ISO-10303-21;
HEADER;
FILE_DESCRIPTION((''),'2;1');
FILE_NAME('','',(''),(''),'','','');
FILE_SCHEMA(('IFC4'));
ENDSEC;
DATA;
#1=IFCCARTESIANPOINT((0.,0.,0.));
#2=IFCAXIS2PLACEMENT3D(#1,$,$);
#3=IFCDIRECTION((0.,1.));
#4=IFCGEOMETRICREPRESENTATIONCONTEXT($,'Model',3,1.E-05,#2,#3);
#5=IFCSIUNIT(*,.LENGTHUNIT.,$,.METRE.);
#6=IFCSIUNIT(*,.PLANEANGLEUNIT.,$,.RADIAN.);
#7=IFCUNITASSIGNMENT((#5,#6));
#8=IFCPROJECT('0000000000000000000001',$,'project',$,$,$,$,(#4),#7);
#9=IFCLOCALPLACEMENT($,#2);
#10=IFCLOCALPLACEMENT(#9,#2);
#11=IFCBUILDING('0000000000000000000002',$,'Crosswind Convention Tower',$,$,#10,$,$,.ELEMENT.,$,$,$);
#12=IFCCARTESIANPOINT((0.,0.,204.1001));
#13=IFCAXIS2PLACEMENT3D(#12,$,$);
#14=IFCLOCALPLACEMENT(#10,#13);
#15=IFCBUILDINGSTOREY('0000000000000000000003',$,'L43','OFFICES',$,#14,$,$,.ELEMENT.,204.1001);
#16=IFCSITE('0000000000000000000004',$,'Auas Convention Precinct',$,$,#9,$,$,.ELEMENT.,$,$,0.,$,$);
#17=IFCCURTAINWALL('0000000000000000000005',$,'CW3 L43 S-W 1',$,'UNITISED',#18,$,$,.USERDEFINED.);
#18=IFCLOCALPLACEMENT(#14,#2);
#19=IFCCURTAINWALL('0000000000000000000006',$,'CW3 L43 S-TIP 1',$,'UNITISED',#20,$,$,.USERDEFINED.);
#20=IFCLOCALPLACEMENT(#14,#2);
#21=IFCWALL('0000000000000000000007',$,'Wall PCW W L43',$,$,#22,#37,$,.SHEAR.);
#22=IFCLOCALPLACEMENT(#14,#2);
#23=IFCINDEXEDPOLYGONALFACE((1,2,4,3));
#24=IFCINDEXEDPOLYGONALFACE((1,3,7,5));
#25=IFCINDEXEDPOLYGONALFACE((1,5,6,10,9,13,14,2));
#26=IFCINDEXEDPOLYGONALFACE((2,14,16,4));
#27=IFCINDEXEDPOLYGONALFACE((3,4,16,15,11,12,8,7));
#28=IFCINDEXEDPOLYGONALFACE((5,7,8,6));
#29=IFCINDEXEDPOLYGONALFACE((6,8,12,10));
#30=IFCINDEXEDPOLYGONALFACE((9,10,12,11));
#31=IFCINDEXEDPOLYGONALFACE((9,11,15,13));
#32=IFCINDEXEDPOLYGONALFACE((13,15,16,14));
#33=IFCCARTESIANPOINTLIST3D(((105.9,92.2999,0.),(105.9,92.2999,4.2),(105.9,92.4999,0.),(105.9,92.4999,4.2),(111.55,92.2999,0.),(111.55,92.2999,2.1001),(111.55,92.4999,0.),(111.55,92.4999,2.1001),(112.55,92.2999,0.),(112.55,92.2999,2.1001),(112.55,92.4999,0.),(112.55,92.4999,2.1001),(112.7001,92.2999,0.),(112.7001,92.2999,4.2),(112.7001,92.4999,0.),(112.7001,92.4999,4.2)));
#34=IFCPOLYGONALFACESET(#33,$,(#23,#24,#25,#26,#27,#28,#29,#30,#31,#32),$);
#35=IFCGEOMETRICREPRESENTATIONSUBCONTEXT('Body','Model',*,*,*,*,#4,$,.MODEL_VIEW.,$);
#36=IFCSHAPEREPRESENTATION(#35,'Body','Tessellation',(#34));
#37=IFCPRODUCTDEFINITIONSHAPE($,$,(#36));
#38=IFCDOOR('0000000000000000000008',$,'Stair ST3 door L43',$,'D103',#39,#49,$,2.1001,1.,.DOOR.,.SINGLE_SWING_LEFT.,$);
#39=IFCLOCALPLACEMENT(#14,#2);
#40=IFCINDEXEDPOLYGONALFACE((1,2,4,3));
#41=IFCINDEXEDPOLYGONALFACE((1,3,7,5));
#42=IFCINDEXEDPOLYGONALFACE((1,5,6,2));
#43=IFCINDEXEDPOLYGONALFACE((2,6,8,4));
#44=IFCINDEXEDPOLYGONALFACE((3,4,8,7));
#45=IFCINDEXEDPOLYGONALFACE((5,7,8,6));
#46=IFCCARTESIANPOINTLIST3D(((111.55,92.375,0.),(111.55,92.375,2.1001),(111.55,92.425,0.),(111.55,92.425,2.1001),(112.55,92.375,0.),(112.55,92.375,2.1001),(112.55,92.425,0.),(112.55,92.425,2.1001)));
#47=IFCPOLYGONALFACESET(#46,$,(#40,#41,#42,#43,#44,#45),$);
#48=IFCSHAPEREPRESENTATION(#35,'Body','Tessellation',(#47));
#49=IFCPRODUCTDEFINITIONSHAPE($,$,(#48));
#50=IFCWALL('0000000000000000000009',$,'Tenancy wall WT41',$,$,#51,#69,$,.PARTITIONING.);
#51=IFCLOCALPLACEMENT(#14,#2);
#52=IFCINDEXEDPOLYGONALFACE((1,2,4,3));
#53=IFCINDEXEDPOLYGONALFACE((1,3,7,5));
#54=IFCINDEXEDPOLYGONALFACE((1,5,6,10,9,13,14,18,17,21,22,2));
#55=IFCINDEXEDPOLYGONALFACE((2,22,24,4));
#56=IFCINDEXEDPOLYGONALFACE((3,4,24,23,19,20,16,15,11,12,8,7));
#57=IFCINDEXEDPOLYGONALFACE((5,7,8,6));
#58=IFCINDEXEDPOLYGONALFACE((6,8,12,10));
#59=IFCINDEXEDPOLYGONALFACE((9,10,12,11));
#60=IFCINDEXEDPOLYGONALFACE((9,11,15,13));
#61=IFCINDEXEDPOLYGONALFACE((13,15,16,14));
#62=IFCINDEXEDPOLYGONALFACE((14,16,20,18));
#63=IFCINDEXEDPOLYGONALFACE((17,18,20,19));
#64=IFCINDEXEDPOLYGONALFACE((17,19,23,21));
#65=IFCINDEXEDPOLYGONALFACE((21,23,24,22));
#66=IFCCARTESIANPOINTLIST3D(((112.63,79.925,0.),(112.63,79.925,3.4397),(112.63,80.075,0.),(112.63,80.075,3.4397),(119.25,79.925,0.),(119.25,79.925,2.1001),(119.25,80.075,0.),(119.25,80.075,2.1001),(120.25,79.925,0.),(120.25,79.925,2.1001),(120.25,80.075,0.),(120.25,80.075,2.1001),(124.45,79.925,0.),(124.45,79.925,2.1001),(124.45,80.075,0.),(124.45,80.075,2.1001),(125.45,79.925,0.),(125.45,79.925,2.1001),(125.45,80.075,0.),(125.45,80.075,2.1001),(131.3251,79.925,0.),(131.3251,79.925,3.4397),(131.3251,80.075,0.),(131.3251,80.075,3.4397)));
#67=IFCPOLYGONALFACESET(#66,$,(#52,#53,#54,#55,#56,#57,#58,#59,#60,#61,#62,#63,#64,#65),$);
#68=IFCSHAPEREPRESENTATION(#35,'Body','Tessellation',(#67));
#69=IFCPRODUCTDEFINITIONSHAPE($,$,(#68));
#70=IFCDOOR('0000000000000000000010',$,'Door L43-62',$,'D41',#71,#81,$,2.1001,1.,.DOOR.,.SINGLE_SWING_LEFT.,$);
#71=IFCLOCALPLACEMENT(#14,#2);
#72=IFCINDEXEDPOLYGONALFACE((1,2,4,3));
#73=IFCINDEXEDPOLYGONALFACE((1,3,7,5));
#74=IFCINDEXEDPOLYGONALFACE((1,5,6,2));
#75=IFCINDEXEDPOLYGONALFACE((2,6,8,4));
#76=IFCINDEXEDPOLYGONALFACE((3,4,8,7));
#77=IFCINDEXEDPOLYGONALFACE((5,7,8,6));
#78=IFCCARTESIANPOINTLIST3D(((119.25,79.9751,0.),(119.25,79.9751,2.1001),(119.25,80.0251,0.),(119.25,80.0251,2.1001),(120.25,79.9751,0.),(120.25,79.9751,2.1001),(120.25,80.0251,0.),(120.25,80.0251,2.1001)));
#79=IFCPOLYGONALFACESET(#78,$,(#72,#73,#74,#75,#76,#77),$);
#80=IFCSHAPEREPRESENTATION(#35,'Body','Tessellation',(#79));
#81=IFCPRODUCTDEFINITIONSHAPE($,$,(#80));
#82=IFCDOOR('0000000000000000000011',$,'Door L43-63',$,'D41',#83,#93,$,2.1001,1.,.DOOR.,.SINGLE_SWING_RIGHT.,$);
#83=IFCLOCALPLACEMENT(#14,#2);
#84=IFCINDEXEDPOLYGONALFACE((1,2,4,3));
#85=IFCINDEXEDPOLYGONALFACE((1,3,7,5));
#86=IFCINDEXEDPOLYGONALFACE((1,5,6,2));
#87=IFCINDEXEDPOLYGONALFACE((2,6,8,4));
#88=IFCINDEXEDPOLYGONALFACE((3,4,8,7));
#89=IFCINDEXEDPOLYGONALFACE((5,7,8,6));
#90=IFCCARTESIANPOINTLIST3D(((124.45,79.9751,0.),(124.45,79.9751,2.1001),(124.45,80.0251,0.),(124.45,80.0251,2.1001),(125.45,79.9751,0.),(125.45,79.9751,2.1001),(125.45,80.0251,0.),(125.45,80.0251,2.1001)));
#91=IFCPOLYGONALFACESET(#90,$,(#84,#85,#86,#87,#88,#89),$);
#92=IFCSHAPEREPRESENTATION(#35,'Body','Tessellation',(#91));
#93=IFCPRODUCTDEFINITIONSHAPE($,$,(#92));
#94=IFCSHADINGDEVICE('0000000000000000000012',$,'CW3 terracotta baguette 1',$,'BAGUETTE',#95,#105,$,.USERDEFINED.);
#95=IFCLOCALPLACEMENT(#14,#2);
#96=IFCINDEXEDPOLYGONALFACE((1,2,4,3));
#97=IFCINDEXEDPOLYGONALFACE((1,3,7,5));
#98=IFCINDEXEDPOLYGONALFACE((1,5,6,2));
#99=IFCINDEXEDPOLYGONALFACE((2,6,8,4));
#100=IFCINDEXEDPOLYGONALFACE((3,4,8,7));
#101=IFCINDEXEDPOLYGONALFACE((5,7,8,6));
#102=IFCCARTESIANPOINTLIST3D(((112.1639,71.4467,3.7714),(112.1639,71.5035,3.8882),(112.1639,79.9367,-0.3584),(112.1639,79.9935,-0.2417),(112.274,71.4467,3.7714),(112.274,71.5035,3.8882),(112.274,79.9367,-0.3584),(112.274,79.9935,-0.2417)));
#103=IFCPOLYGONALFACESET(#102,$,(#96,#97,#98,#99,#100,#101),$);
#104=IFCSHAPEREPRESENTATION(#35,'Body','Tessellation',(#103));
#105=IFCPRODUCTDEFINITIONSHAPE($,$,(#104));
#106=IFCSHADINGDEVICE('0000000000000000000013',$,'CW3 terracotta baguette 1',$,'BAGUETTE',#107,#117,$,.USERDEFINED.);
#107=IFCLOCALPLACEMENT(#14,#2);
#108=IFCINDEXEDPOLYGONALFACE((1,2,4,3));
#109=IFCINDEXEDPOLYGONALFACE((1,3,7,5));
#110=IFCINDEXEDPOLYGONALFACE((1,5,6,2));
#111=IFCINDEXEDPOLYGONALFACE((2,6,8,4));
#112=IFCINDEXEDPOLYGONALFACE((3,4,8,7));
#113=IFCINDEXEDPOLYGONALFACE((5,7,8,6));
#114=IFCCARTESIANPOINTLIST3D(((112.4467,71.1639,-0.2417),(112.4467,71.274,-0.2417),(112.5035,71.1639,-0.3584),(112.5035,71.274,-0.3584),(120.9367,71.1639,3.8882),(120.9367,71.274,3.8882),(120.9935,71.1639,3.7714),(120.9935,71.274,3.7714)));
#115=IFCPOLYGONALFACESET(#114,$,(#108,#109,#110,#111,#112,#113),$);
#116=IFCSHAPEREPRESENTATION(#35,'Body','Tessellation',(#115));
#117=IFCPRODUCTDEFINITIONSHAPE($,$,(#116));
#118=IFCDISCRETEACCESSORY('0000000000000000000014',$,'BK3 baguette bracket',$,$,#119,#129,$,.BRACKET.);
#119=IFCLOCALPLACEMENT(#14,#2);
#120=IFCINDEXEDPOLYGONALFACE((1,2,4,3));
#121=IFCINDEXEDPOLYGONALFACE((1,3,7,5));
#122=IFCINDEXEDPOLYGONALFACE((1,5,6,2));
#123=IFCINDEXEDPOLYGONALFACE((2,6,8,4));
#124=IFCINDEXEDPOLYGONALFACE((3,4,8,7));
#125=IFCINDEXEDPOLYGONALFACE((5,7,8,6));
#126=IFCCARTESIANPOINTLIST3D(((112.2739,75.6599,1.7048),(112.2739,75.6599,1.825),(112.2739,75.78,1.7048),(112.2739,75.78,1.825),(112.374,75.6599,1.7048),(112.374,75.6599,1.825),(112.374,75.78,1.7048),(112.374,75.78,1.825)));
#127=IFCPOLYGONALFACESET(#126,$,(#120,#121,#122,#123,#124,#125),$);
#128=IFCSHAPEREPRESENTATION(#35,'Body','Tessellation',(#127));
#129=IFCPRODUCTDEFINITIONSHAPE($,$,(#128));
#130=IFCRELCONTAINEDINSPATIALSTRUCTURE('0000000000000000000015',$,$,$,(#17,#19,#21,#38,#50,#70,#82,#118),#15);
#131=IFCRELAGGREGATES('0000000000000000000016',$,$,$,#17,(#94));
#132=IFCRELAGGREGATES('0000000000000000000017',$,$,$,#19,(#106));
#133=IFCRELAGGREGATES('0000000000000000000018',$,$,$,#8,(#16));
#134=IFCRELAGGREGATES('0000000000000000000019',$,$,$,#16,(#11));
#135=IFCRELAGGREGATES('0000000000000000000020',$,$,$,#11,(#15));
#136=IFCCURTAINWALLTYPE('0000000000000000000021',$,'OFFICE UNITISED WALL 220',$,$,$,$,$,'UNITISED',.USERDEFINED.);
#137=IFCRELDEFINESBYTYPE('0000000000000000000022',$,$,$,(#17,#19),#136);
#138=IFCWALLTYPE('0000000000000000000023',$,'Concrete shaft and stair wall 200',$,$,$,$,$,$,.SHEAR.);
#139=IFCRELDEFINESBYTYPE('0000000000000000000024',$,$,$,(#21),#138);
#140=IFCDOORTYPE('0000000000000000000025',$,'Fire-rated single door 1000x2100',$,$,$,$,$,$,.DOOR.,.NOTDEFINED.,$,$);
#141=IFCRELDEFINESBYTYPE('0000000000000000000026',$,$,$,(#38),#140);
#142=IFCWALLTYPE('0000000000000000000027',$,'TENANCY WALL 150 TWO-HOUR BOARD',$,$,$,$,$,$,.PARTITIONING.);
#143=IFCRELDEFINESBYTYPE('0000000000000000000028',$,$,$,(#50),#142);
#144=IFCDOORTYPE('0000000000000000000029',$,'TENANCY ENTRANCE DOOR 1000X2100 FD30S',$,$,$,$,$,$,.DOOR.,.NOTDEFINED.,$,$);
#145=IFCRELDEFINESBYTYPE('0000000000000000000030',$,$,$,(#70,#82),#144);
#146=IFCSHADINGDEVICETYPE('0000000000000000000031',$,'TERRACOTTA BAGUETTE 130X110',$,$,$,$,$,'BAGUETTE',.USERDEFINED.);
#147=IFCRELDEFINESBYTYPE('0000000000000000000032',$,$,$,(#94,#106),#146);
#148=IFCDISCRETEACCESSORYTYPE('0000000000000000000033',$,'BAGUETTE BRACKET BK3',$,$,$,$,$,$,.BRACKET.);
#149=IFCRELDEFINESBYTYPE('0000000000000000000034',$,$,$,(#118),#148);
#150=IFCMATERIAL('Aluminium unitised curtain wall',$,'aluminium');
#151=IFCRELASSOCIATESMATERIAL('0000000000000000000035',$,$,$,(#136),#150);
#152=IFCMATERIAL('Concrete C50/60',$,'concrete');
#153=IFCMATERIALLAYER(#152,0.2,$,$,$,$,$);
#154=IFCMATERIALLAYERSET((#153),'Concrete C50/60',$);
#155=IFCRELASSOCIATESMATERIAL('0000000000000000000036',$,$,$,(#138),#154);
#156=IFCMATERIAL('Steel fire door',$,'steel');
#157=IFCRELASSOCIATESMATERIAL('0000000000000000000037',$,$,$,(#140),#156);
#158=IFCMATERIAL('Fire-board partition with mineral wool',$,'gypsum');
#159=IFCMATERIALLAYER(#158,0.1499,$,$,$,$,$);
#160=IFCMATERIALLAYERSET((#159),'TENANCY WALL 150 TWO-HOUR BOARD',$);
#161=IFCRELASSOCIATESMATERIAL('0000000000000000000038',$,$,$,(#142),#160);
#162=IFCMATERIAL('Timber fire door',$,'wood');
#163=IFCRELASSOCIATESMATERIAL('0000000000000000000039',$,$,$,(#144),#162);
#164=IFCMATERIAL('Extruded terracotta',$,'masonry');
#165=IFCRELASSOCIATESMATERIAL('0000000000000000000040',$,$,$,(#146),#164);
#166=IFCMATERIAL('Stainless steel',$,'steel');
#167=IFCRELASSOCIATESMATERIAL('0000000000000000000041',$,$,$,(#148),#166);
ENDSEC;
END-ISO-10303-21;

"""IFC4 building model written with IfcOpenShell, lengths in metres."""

from ifc_helpers import new_model, si_unit, direction, frame, frame_2d, origin, origin_2d, place, context, subcontext, project, spatial, rectangle, extrude, material, layer, layer_set, material_profile, profile_set, type_object, element, fill, aggregate, save


model = new_model("IFC4")

# Units and contexts
model_context = context("Model", 3, precision=1e-05, world=origin(), true_north=direction((0.0, 1.0)))
body_context = subcontext(model_context, "Body", "Model", "MODEL_VIEW")
ifc_project = project(units=[si_unit("LENGTHUNIT", "METRE"), si_unit("PLANEANGLEUNIT", "RADIAN")], contexts=[model_context])

# Site, building, storey
site_placement = place(None, origin())
site = spatial("IfcSite", under=ifc_project, at=site_placement, Name="Auas Convention Precinct", CompositionType="ELEMENT", RefElevation=0.0)
building_placement = place(site_placement, origin())
building = spatial("IfcBuilding", under=site, at=building_placement, Name="Crosswind Convention Tower", CompositionType="ELEMENT")
storey_placement = place(building_placement, frame((0.0, 0.0, 204.1001)))
storey = spatial("IfcBuildingStorey", under=building, at=storey_placement, Name="L43", Description="OFFICES", CompositionType="ELEMENT", Elevation=204.1001)

# Curtain wall
ifc_material_1 = material(Name="Aluminium unitised curtain wall", Category="aluminium")
curtain_wall_type_1 = type_object("IfcCurtainWallType", Name="OFFICE UNITISED WALL 220", ElementType="UNITISED", PredefinedType="USERDEFINED", material=ifc_material_1)
curtain_wall_1_placement = place(storey_placement, origin())
curtain_wall_1 = element("IfcCurtainWall", 1, at=curtain_wall_1_placement, inside=storey, type_object=curtain_wall_type_1, Name="CW3 L43 S-W 1", ObjectType="UNITISED", PredefinedType="USERDEFINED")

# Curtain wall
curtain_wall_2_placement = place(storey_placement, origin())
curtain_wall_2 = element("IfcCurtainWall", 2, at=curtain_wall_2_placement, inside=storey, type_object=curtain_wall_type_1, Name="CW3 L43 S-TIP 1", ObjectType="UNITISED", PredefinedType="USERDEFINED")

# Wall, opening, door
ifc_material_2 = material(Name="Concrete C50/60", Category="concrete")
ifc_layer_1 = layer(ifc_material_2, 0.2)
ifc_layer_set_1 = layer_set([ifc_layer_1], Name="Concrete C50/60")
wall_type_1 = type_object("IfcWallType", Name="Concrete shaft and stair wall 200", PredefinedType="SHEAR", material=ifc_layer_set_1)
ifc_material_3 = material(Name="Steel fire door", Category="steel")
wall_1_placement = place(storey_placement, frame((112.7, 92.3999, 0.0), z_axis=(0.0, 0.0, 1.0), x_axis=(-1.0, 0.0, 0.0)))
wall_1 = element("IfcWall", 3, at=wall_1_placement, inside=storey, type_object=wall_type_1, Name="Wall PCW W L43", PredefinedType="SHEAR", context=body_context, shape_type="SweptSolid", body=[
    extrude(rectangle(XDim=6.8, YDim=0.2, at=frame_2d((3.3999, 0.0))), origin(), (0.0, 0.0, 1.0), 4.2),
])
opening_1_placement = place(wall_1_placement, frame((0.1499, 0.0, 0.0)))
opening_1 = element("IfcOpeningElement", 4, at=opening_1_placement, cuts=wall_1, PredefinedType="OPENING", context=body_context, shape_type="SweptSolid", body=[
    extrude(rectangle(XDim=1.0, YDim=2.1001, at=frame_2d((0.5, 1.05))), frame((0.0, 0.1099, 0.0), z_axis=(0.0, -1.0, 0.0), x_axis=(1.0, 0.0, 0.0)), (0.0, 0.0, 1.0), 0.22),
])
door_type_1 = type_object("IfcDoorType", Name="Fire-rated single door 1000x2100", OperationType="NOTDEFINED", PredefinedType="DOOR", material=ifc_material_3)
door_1_placement = place(opening_1_placement, origin())
door_1 = element("IfcDoor", 5, at=door_1_placement, inside=storey, type_object=door_type_1, Name="Stair ST3 door L43", ObjectType="D103", OperationType="SINGLE_SWING_LEFT", OverallHeight=2.1001, OverallWidth=1.0, PredefinedType="DOOR", context=body_context, shape_type="SweptSolid", body=[
    extrude(rectangle(XDim=1.0, YDim=2.1001, at=frame_2d((0.5, 1.05))), frame((0.0, 0.0249, 0.0), z_axis=(0.0, -1.0, 0.0), x_axis=(1.0, 0.0, 0.0)), (0.0, 0.0, 1.0), 0.05),
])
fill(opening_1, door_1)

# Wall, openings, doors
ifc_material_4 = material(Name="Fire-board partition with mineral wool", Category="gypsum")
ifc_layer_2 = layer(ifc_material_4, 0.1499)
ifc_layer_set_2 = layer_set([ifc_layer_2], Name="TENANCY WALL 150 TWO-HOUR BOARD")
wall_type_2 = type_object("IfcWallType", Name="TENANCY WALL 150 TWO-HOUR BOARD", PredefinedType="PARTITIONING", material=ifc_layer_set_2)
wall_2_placement = place(storey_placement, frame((112.6299, 80.0, 0.0), z_axis=(0.0, 0.0, 1.0), x_axis=(1.0, 0.0, 0.0)))
wall_2 = element("IfcWall", 6, at=wall_2_placement, inside=storey, type_object=wall_type_2, Name="Tenancy wall WT41", PredefinedType="PARTITIONING", context=body_context, shape_type="SweptSolid", body=[
    extrude(rectangle(XDim=18.6951, YDim=0.1499, at=frame_2d((9.3477, 0.0))), origin(), (0.0, 0.0, 1.0), 3.4397),
])
opening_2_placement = place(wall_2_placement, frame((6.6201, 0.0, 0.0)))
opening_2 = element("IfcOpeningElement", 7, at=opening_2_placement, cuts=wall_2, PredefinedType="OPENING", context=body_context, shape_type="SweptSolid", body=[
    extrude(rectangle(XDim=1.0, YDim=2.1001, at=frame_2d((0.5, 1.05))), frame((0.0, 0.085, 0.0), z_axis=(0.0, -1.0, 0.0), x_axis=(1.0, 0.0, 0.0)), (0.0, 0.0, 1.0), 0.1699),
])
opening_3_placement = place(wall_2_placement, frame((11.8201, 0.0, 0.0)))
opening_3 = element("IfcOpeningElement", 8, at=opening_3_placement, cuts=wall_2, PredefinedType="OPENING", context=body_context, shape_type="SweptSolid", body=[
    extrude(rectangle(XDim=1.0, YDim=2.1001, at=frame_2d((0.5, 1.05))), frame((0.0, 0.085, 0.0), z_axis=(0.0, -1.0, 0.0), x_axis=(1.0, 0.0, 0.0)), (0.0, 0.0, 1.0), 0.1699),
])
ifc_material_5 = material(Name="Timber fire door", Category="wood")
door_type_2 = type_object("IfcDoorType", Name="TENANCY ENTRANCE DOOR 1000X2100 FD30S", OperationType="NOTDEFINED", PredefinedType="DOOR", material=ifc_material_5)
door_2_placement = place(opening_2_placement, frame((1.0, 0.0, 0.0), z_axis=(0.0, 0.0, 1.0), x_axis=(-1.0, 0.0, 0.0)))
door_2 = element("IfcDoor", 9, at=door_2_placement, inside=storey, type_object=door_type_2, Name="Door L43-62", ObjectType="D41", OperationType="SINGLE_SWING_LEFT", OverallHeight=2.1001, OverallWidth=1.0, PredefinedType="DOOR", context=body_context, shape_type="SweptSolid", body=[
    extrude(rectangle(XDim=1.0, YDim=2.1001, at=frame_2d((0.5, 1.05))), frame((0.0, 0.0249, 0.0), z_axis=(0.0, -1.0, 0.0), x_axis=(1.0, 0.0, 0.0)), (0.0, 0.0, 1.0), 0.05),
])
fill(opening_2, door_2)
door_3_placement = place(opening_3_placement, frame((1.0, 0.0, 0.0), z_axis=(0.0, 0.0, 1.0), x_axis=(-1.0, 0.0, 0.0)))
door_3 = element("IfcDoor", 10, at=door_3_placement, inside=storey, type_object=door_type_2, Name="Door L43-63", ObjectType="D41", OperationType="SINGLE_SWING_RIGHT", OverallHeight=2.1001, OverallWidth=1.0, PredefinedType="DOOR", context=body_context, shape_type="SweptSolid", body=[
    extrude(rectangle(XDim=1.0, YDim=2.1001, at=frame_2d((0.5, 1.05))), frame((0.0, 0.0249, 0.0), z_axis=(0.0, -1.0, 0.0), x_axis=(1.0, 0.0, 0.0)), (0.0, 0.0, 1.0), 0.05),
])
fill(opening_3, door_3)

# Shading devices
ifc_material_6 = material(Name="Extruded terracotta", Category="masonry")
ifc_material_profile_1 = material_profile(ifc_material_6, rectangle(XDim=0.1101, YDim=0.1299, at=origin_2d()), Name="TC 110X130")
ifc_profile_set_1 = profile_set([ifc_material_profile_1], Name="Extruded terracotta")
shading_device_type = type_object("IfcShadingDeviceType", Name="TERRACOTTA BAGUETTE 130X110", ElementType="BAGUETTE", PredefinedType="USERDEFINED", material=ifc_profile_set_1)
shading_device_1_placement = place(storey_placement, frame((112.219, 79.9651, -0.3), z_axis=(0.0, -0.899251, 0.437433), x_axis=(1.0, 0.0, 0.0)))
shading_device_1 = element("IfcShadingDevice", 11, at=shading_device_1_placement, type_object=shading_device_type, Name="CW3 terracotta baguette 1", ObjectType="BAGUETTE", PredefinedType="USERDEFINED", context=body_context, shape_type="SweptSolid", body=[
    extrude(rectangle(XDim=0.1101, YDim=0.1299, at=origin_2d()), origin(), (0.0, 0.0, 1.0), 9.4412),
])
aggregate(curtain_wall_1, [shading_device_1])
shading_device_2_placement = place(storey_placement, frame((112.4751, 71.219, -0.3), z_axis=(0.899251, 0.0, 0.437433), x_axis=(0.0, 1.0, 0.0)))
shading_device_2 = element("IfcShadingDevice", 12, at=shading_device_2_placement, type_object=shading_device_type, Name="CW3 terracotta baguette 1", ObjectType="BAGUETTE", PredefinedType="USERDEFINED", context=body_context, shape_type="SweptSolid", body=[
    extrude(rectangle(XDim=0.1101, YDim=0.1299, at=origin_2d()), origin(), (0.0, 0.0, 1.0), 9.4412),
])
aggregate(curtain_wall_2, [shading_device_2])

# Discrete accessory
ifc_material_7 = material(Name="Stainless steel", Category="steel")
discrete_accessory_type = type_object("IfcDiscreteAccessoryType", Name="BAGUETTE BRACKET BK3", PredefinedType="BRACKET", material=ifc_material_7)
discrete_accessory_placement = place(storey_placement, frame((112.324, 75.72, 1.7048), z_axis=(0.0, 0.0, 1.0), x_axis=(0.0, -1.0, 0.0)))
element("IfcDiscreteAccessory", 13, at=discrete_accessory_placement, inside=storey, type_object=discrete_accessory_type, Name="BK3 baguette bracket", PredefinedType="BRACKET", context=body_context, shape_type="SweptSolid", body=[
    extrude(rectangle(XDim=0.1201, YDim=0.1001, at=origin_2d()), origin(), (0.0, 0.0, 1.0), 0.1201),
])

save(model, "model.ifc")
